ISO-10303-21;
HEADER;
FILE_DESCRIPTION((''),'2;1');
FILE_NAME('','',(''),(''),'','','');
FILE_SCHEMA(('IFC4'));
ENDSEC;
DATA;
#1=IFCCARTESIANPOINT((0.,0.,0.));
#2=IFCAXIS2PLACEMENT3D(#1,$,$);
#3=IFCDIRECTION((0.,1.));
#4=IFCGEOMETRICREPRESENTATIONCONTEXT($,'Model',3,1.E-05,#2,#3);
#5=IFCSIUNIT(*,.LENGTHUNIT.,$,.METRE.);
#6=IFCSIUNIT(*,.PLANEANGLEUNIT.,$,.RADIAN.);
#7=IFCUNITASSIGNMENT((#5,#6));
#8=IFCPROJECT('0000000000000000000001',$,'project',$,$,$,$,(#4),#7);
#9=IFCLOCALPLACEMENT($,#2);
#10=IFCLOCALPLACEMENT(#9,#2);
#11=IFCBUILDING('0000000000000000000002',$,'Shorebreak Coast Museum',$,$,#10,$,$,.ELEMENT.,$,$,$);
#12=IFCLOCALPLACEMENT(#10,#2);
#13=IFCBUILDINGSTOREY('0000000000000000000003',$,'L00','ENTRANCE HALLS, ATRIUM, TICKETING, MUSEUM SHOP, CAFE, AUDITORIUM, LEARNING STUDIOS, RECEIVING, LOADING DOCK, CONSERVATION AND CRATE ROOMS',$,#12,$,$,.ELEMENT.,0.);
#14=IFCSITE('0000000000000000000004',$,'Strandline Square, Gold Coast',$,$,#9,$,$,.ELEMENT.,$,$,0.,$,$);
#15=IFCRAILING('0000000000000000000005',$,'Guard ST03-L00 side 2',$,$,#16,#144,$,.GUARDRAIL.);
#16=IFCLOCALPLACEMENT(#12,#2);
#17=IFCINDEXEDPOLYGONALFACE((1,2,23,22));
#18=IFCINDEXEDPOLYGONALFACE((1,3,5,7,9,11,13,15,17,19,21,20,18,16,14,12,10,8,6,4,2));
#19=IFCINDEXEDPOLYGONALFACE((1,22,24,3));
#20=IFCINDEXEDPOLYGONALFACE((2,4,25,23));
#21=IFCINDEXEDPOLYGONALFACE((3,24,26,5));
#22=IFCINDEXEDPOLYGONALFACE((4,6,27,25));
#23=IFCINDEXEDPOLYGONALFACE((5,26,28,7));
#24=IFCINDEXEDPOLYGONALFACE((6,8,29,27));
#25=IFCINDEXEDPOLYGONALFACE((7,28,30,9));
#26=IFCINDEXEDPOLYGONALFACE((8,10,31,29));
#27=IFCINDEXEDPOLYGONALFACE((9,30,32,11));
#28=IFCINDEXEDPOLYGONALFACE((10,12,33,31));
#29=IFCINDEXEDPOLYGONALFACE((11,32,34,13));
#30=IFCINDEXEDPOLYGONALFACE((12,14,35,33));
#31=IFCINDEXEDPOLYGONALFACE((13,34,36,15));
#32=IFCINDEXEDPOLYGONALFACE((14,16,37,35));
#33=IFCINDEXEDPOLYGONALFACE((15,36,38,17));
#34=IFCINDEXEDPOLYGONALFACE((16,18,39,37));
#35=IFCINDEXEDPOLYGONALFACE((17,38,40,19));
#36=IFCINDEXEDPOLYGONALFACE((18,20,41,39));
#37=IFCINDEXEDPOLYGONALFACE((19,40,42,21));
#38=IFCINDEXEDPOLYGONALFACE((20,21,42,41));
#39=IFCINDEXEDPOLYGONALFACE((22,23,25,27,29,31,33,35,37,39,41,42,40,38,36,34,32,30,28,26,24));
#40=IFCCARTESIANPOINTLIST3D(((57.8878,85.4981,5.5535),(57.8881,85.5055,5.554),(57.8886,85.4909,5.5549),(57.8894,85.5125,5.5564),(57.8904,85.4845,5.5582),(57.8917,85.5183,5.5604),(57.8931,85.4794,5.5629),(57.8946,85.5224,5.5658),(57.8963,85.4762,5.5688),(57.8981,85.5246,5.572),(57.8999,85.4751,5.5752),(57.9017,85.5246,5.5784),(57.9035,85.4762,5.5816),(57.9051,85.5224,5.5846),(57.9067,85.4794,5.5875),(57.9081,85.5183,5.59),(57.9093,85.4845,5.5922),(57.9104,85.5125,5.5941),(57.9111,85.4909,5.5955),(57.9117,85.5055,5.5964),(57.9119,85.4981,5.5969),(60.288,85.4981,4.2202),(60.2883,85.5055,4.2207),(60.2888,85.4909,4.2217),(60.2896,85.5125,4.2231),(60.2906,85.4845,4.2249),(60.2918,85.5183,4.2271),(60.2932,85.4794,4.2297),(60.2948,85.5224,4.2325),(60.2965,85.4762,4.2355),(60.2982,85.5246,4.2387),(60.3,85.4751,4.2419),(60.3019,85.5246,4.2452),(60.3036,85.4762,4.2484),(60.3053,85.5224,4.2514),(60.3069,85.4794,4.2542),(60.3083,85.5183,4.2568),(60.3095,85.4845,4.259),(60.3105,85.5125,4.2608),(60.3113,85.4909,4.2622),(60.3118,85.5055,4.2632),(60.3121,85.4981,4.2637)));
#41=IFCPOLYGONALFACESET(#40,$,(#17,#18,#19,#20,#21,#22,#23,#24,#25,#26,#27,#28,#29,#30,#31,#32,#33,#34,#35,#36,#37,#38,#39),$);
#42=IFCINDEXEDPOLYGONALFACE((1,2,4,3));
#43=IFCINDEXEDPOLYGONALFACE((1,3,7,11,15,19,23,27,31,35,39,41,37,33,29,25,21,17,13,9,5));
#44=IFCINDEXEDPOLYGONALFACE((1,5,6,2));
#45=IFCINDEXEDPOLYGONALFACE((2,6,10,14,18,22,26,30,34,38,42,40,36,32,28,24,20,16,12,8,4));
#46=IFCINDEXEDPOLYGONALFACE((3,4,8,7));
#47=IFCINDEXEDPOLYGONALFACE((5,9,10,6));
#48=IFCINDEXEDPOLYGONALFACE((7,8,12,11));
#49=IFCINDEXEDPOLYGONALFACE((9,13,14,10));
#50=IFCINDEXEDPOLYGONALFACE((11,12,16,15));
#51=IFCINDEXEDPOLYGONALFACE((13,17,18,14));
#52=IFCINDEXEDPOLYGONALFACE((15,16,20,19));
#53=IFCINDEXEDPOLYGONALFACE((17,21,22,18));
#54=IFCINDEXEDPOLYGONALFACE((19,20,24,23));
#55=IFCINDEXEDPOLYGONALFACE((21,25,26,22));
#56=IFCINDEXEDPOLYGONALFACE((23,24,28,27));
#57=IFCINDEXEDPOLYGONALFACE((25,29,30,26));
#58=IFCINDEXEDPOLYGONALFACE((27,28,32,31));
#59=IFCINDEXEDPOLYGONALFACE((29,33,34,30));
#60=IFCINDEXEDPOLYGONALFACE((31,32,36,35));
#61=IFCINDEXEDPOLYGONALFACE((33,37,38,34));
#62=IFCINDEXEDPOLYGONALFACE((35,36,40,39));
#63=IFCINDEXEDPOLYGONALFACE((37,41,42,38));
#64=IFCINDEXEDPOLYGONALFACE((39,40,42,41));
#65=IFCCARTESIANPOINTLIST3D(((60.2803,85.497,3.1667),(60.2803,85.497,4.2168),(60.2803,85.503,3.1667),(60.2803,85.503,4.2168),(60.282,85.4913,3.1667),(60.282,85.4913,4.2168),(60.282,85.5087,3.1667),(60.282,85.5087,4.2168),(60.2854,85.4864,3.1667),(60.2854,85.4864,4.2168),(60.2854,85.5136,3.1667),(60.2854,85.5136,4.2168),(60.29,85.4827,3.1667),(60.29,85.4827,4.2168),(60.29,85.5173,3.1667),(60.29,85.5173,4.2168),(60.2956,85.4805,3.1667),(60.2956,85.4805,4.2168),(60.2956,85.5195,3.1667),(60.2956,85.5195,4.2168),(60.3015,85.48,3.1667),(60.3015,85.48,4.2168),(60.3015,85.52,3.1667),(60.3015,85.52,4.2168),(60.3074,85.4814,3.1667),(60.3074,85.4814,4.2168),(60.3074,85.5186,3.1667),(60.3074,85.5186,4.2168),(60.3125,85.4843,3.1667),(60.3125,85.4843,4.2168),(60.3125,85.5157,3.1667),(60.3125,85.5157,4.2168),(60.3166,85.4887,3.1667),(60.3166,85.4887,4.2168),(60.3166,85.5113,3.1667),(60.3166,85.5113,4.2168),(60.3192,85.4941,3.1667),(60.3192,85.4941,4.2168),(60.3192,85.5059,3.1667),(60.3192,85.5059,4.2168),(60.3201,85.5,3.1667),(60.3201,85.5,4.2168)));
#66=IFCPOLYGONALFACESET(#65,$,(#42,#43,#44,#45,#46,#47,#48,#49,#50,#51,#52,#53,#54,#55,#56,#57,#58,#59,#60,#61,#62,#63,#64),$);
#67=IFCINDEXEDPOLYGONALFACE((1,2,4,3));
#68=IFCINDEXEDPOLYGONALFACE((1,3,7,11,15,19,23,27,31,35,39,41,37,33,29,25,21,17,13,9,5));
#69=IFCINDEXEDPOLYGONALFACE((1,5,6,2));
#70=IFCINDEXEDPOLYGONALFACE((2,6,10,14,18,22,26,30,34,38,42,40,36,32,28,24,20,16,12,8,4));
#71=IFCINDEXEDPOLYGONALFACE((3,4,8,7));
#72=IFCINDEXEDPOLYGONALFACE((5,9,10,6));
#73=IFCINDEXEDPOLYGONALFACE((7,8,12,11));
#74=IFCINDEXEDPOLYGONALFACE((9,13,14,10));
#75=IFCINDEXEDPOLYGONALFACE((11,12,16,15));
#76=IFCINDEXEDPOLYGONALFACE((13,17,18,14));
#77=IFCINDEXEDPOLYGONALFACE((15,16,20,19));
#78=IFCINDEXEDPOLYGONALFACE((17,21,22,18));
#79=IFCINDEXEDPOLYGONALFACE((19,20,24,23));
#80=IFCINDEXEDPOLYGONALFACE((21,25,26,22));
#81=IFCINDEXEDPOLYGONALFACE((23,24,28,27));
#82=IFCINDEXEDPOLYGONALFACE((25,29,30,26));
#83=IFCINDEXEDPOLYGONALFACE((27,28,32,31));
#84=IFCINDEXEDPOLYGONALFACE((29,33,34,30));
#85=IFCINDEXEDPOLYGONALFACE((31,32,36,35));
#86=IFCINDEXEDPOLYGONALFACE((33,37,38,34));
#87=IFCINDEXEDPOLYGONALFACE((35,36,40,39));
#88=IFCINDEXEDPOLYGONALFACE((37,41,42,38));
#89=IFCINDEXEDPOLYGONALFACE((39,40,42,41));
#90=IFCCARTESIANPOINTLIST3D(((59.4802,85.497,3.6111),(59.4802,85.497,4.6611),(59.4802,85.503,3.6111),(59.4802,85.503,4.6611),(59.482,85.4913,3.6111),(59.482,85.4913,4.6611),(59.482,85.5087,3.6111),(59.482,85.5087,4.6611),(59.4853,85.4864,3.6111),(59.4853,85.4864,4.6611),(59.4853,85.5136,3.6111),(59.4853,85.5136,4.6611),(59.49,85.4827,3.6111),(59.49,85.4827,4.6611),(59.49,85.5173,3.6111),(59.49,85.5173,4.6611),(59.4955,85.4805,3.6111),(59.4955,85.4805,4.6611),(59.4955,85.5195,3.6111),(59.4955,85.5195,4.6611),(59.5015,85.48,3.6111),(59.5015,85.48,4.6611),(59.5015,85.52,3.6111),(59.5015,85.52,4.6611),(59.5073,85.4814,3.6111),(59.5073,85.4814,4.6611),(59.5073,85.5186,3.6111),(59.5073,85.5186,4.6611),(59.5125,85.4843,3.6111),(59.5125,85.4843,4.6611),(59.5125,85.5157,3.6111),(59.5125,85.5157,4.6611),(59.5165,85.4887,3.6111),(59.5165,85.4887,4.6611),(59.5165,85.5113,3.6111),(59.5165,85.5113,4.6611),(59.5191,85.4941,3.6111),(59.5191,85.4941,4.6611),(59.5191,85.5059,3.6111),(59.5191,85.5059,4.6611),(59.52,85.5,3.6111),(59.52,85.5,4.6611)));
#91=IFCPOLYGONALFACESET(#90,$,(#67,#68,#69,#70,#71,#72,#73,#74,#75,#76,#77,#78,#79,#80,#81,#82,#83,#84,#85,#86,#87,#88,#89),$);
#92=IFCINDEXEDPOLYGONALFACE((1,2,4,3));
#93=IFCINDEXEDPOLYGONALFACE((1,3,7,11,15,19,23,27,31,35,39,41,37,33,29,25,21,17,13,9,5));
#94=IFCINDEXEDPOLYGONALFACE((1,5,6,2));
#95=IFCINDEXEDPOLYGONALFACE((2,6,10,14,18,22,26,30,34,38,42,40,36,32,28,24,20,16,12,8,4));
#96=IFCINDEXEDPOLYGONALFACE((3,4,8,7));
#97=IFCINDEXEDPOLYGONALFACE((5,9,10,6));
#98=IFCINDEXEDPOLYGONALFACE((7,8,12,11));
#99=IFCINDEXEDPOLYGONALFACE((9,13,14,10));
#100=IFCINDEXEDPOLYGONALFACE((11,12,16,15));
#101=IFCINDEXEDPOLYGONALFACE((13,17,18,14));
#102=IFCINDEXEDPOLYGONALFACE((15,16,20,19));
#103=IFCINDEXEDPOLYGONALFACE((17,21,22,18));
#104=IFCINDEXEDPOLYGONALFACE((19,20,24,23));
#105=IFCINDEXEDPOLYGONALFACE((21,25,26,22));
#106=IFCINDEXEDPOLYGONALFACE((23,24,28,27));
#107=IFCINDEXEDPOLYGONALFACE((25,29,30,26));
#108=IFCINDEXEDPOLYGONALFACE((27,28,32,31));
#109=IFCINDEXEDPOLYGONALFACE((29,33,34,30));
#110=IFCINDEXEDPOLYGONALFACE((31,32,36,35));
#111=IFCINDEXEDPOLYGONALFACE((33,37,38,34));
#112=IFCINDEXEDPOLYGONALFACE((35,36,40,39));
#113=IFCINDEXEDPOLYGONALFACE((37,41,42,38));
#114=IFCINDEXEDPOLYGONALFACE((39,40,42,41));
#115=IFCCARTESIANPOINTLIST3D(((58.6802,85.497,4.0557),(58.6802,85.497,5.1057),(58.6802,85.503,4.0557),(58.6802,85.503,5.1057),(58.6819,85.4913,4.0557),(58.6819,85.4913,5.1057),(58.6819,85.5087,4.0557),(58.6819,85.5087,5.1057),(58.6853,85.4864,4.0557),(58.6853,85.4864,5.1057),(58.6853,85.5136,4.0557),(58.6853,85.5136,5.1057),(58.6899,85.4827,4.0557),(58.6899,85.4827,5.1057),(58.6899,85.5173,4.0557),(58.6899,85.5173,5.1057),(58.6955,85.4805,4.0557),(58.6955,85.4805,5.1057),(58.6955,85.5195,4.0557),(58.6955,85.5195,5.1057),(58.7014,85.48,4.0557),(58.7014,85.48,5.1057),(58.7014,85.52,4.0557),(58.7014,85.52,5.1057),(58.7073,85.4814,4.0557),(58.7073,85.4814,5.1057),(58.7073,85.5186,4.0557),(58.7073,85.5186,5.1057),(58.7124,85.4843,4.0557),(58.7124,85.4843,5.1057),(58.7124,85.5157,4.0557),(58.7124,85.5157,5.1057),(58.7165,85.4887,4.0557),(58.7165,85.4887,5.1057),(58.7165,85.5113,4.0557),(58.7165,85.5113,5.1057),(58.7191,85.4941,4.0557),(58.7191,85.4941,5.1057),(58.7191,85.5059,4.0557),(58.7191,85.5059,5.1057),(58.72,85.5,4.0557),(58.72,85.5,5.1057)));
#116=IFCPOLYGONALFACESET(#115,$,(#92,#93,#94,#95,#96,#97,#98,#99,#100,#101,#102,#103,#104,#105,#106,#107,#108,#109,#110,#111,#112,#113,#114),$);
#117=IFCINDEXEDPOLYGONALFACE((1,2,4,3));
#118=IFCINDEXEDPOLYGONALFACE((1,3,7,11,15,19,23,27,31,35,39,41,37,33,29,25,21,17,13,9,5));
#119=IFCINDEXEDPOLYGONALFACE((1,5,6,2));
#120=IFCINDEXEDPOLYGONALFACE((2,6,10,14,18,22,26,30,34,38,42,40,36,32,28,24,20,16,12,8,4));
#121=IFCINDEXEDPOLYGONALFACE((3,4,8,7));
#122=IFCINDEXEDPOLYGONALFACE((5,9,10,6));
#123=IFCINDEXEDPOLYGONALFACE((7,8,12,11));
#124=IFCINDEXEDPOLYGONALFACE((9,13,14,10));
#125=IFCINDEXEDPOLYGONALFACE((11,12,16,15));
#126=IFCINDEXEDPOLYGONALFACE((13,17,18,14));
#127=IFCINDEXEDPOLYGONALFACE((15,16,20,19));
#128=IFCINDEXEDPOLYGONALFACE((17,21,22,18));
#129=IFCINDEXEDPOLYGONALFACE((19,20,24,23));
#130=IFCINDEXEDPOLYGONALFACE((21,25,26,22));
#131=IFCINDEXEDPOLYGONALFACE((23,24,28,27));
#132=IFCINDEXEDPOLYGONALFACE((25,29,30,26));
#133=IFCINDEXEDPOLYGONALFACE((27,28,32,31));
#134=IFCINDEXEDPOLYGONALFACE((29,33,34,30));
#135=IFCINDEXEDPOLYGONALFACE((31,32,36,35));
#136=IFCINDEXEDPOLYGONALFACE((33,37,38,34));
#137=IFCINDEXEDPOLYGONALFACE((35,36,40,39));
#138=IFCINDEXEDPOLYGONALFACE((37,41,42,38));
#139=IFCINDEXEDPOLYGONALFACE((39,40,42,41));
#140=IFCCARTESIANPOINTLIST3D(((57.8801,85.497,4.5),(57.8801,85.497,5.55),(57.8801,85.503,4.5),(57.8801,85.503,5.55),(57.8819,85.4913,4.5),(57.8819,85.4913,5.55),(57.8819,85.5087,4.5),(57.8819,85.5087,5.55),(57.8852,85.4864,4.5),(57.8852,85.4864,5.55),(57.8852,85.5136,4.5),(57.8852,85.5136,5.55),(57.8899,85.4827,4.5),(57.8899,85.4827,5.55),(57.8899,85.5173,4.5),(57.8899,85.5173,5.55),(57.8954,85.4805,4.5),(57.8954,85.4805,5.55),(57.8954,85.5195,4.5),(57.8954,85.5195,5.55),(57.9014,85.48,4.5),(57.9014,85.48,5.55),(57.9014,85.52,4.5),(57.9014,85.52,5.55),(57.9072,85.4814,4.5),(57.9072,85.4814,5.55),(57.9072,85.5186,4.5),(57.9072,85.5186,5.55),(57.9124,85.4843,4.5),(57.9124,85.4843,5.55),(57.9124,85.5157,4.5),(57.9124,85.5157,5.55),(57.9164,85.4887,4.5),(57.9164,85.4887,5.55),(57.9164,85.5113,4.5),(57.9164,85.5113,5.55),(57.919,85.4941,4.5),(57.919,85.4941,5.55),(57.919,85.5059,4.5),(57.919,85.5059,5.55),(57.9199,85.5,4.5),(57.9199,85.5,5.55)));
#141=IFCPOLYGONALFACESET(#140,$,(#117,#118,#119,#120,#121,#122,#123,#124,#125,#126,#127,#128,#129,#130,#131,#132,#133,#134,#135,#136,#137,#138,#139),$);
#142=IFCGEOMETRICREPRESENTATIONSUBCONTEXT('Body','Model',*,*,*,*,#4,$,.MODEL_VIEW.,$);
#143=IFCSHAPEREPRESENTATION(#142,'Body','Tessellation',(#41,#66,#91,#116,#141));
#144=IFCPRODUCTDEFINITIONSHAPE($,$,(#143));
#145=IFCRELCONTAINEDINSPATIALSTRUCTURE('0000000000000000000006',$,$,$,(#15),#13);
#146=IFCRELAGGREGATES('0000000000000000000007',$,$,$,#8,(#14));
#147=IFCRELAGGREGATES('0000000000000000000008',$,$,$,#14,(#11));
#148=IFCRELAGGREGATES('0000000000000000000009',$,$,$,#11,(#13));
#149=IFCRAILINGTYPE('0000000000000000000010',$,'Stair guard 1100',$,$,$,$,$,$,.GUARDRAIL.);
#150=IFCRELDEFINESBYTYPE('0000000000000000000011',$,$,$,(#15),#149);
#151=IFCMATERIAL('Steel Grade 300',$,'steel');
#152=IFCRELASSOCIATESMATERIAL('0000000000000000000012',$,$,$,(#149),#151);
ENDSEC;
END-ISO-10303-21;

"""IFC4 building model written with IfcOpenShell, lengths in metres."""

from ifc_helpers import new_model, si_unit, direction, frame, origin, origin_2d, place, context, subcontext, project, spatial, circle, extrude, material, type_object, element, save


model = new_model("IFC4")

# Units and contexts
model_context = context("Model", 3, precision=1e-05, world=origin(), true_north=direction((0.0, 1.0)))
body_context = subcontext(model_context, "Body", "Model", "MODEL_VIEW")
ifc_project = project(units=[si_unit("LENGTHUNIT", "METRE"), si_unit("PLANEANGLEUNIT", "RADIAN")], contexts=[model_context])

# Site, building, storey
site_placement = place(None, origin())
site = spatial("IfcSite", under=ifc_project, at=site_placement, Name="Strandline Square, Gold Coast", CompositionType="ELEMENT", RefElevation=0.0)
building_placement = place(site_placement, origin())
building = spatial("IfcBuilding", under=site, at=building_placement, Name="Shorebreak Coast Museum", CompositionType="ELEMENT")
storey_placement = place(building_placement, origin())
storey = spatial("IfcBuildingStorey", under=building, at=storey_placement, Name="L00", Description="ENTRANCE HALLS, ATRIUM, TICKETING, MUSEUM SHOP, CAFE, AUDITORIUM, LEARNING STUDIOS, RECEIVING, LOADING DOCK, CONSERVATION AND CRATE ROOMS", CompositionType="ELEMENT", Elevation=0.0)

# Railing
ifc_material_1 = material(Name="Steel Grade 300", Category="steel")
railing_type_1 = type_object("IfcRailingType", Name="Stair guard 1100", PredefinedType="GUARDRAIL", material=ifc_material_1)
railing_1_placement = place(storey_placement, frame((60.3, 85.5, 3.1667)))
element("IfcRailing", 1, at=railing_1_placement, inside=storey, type_object=railing_type_1, Name="Guard ST03-L00 side 2", PredefinedType="GUARDRAIL", context=body_context, shape_type="SweptSolid", body=[
    extrude(circle(Radius=0.0249, at=origin_2d()), frame((0.0, 0.0, 1.0752), z_axis=(-0.874182, 0.0, 0.485598), x_axis=(0.0, -1.0, 0.0)), (0.0, 0.0, 1.0), 2.7456),
    extrude(circle(Radius=0.02, at=origin_2d()), origin(), (0.0, 0.0, 1.0), 1.05),
    extrude(circle(Radius=0.02, at=origin_2d()), frame((-0.8, 0.0, 0.4443)), (0.0, 0.0, 1.0), 1.05),
    extrude(circle(Radius=0.02, at=origin_2d()), frame((-1.6001, 0.0, 0.8889)), (0.0, 0.0, 1.0), 1.05),
    extrude(circle(Radius=0.02, at=origin_2d()), frame((-2.4001, 0.0, 1.3333)), (0.0, 0.0, 1.0), 1.05),
])

save(model, "model.ifc")
